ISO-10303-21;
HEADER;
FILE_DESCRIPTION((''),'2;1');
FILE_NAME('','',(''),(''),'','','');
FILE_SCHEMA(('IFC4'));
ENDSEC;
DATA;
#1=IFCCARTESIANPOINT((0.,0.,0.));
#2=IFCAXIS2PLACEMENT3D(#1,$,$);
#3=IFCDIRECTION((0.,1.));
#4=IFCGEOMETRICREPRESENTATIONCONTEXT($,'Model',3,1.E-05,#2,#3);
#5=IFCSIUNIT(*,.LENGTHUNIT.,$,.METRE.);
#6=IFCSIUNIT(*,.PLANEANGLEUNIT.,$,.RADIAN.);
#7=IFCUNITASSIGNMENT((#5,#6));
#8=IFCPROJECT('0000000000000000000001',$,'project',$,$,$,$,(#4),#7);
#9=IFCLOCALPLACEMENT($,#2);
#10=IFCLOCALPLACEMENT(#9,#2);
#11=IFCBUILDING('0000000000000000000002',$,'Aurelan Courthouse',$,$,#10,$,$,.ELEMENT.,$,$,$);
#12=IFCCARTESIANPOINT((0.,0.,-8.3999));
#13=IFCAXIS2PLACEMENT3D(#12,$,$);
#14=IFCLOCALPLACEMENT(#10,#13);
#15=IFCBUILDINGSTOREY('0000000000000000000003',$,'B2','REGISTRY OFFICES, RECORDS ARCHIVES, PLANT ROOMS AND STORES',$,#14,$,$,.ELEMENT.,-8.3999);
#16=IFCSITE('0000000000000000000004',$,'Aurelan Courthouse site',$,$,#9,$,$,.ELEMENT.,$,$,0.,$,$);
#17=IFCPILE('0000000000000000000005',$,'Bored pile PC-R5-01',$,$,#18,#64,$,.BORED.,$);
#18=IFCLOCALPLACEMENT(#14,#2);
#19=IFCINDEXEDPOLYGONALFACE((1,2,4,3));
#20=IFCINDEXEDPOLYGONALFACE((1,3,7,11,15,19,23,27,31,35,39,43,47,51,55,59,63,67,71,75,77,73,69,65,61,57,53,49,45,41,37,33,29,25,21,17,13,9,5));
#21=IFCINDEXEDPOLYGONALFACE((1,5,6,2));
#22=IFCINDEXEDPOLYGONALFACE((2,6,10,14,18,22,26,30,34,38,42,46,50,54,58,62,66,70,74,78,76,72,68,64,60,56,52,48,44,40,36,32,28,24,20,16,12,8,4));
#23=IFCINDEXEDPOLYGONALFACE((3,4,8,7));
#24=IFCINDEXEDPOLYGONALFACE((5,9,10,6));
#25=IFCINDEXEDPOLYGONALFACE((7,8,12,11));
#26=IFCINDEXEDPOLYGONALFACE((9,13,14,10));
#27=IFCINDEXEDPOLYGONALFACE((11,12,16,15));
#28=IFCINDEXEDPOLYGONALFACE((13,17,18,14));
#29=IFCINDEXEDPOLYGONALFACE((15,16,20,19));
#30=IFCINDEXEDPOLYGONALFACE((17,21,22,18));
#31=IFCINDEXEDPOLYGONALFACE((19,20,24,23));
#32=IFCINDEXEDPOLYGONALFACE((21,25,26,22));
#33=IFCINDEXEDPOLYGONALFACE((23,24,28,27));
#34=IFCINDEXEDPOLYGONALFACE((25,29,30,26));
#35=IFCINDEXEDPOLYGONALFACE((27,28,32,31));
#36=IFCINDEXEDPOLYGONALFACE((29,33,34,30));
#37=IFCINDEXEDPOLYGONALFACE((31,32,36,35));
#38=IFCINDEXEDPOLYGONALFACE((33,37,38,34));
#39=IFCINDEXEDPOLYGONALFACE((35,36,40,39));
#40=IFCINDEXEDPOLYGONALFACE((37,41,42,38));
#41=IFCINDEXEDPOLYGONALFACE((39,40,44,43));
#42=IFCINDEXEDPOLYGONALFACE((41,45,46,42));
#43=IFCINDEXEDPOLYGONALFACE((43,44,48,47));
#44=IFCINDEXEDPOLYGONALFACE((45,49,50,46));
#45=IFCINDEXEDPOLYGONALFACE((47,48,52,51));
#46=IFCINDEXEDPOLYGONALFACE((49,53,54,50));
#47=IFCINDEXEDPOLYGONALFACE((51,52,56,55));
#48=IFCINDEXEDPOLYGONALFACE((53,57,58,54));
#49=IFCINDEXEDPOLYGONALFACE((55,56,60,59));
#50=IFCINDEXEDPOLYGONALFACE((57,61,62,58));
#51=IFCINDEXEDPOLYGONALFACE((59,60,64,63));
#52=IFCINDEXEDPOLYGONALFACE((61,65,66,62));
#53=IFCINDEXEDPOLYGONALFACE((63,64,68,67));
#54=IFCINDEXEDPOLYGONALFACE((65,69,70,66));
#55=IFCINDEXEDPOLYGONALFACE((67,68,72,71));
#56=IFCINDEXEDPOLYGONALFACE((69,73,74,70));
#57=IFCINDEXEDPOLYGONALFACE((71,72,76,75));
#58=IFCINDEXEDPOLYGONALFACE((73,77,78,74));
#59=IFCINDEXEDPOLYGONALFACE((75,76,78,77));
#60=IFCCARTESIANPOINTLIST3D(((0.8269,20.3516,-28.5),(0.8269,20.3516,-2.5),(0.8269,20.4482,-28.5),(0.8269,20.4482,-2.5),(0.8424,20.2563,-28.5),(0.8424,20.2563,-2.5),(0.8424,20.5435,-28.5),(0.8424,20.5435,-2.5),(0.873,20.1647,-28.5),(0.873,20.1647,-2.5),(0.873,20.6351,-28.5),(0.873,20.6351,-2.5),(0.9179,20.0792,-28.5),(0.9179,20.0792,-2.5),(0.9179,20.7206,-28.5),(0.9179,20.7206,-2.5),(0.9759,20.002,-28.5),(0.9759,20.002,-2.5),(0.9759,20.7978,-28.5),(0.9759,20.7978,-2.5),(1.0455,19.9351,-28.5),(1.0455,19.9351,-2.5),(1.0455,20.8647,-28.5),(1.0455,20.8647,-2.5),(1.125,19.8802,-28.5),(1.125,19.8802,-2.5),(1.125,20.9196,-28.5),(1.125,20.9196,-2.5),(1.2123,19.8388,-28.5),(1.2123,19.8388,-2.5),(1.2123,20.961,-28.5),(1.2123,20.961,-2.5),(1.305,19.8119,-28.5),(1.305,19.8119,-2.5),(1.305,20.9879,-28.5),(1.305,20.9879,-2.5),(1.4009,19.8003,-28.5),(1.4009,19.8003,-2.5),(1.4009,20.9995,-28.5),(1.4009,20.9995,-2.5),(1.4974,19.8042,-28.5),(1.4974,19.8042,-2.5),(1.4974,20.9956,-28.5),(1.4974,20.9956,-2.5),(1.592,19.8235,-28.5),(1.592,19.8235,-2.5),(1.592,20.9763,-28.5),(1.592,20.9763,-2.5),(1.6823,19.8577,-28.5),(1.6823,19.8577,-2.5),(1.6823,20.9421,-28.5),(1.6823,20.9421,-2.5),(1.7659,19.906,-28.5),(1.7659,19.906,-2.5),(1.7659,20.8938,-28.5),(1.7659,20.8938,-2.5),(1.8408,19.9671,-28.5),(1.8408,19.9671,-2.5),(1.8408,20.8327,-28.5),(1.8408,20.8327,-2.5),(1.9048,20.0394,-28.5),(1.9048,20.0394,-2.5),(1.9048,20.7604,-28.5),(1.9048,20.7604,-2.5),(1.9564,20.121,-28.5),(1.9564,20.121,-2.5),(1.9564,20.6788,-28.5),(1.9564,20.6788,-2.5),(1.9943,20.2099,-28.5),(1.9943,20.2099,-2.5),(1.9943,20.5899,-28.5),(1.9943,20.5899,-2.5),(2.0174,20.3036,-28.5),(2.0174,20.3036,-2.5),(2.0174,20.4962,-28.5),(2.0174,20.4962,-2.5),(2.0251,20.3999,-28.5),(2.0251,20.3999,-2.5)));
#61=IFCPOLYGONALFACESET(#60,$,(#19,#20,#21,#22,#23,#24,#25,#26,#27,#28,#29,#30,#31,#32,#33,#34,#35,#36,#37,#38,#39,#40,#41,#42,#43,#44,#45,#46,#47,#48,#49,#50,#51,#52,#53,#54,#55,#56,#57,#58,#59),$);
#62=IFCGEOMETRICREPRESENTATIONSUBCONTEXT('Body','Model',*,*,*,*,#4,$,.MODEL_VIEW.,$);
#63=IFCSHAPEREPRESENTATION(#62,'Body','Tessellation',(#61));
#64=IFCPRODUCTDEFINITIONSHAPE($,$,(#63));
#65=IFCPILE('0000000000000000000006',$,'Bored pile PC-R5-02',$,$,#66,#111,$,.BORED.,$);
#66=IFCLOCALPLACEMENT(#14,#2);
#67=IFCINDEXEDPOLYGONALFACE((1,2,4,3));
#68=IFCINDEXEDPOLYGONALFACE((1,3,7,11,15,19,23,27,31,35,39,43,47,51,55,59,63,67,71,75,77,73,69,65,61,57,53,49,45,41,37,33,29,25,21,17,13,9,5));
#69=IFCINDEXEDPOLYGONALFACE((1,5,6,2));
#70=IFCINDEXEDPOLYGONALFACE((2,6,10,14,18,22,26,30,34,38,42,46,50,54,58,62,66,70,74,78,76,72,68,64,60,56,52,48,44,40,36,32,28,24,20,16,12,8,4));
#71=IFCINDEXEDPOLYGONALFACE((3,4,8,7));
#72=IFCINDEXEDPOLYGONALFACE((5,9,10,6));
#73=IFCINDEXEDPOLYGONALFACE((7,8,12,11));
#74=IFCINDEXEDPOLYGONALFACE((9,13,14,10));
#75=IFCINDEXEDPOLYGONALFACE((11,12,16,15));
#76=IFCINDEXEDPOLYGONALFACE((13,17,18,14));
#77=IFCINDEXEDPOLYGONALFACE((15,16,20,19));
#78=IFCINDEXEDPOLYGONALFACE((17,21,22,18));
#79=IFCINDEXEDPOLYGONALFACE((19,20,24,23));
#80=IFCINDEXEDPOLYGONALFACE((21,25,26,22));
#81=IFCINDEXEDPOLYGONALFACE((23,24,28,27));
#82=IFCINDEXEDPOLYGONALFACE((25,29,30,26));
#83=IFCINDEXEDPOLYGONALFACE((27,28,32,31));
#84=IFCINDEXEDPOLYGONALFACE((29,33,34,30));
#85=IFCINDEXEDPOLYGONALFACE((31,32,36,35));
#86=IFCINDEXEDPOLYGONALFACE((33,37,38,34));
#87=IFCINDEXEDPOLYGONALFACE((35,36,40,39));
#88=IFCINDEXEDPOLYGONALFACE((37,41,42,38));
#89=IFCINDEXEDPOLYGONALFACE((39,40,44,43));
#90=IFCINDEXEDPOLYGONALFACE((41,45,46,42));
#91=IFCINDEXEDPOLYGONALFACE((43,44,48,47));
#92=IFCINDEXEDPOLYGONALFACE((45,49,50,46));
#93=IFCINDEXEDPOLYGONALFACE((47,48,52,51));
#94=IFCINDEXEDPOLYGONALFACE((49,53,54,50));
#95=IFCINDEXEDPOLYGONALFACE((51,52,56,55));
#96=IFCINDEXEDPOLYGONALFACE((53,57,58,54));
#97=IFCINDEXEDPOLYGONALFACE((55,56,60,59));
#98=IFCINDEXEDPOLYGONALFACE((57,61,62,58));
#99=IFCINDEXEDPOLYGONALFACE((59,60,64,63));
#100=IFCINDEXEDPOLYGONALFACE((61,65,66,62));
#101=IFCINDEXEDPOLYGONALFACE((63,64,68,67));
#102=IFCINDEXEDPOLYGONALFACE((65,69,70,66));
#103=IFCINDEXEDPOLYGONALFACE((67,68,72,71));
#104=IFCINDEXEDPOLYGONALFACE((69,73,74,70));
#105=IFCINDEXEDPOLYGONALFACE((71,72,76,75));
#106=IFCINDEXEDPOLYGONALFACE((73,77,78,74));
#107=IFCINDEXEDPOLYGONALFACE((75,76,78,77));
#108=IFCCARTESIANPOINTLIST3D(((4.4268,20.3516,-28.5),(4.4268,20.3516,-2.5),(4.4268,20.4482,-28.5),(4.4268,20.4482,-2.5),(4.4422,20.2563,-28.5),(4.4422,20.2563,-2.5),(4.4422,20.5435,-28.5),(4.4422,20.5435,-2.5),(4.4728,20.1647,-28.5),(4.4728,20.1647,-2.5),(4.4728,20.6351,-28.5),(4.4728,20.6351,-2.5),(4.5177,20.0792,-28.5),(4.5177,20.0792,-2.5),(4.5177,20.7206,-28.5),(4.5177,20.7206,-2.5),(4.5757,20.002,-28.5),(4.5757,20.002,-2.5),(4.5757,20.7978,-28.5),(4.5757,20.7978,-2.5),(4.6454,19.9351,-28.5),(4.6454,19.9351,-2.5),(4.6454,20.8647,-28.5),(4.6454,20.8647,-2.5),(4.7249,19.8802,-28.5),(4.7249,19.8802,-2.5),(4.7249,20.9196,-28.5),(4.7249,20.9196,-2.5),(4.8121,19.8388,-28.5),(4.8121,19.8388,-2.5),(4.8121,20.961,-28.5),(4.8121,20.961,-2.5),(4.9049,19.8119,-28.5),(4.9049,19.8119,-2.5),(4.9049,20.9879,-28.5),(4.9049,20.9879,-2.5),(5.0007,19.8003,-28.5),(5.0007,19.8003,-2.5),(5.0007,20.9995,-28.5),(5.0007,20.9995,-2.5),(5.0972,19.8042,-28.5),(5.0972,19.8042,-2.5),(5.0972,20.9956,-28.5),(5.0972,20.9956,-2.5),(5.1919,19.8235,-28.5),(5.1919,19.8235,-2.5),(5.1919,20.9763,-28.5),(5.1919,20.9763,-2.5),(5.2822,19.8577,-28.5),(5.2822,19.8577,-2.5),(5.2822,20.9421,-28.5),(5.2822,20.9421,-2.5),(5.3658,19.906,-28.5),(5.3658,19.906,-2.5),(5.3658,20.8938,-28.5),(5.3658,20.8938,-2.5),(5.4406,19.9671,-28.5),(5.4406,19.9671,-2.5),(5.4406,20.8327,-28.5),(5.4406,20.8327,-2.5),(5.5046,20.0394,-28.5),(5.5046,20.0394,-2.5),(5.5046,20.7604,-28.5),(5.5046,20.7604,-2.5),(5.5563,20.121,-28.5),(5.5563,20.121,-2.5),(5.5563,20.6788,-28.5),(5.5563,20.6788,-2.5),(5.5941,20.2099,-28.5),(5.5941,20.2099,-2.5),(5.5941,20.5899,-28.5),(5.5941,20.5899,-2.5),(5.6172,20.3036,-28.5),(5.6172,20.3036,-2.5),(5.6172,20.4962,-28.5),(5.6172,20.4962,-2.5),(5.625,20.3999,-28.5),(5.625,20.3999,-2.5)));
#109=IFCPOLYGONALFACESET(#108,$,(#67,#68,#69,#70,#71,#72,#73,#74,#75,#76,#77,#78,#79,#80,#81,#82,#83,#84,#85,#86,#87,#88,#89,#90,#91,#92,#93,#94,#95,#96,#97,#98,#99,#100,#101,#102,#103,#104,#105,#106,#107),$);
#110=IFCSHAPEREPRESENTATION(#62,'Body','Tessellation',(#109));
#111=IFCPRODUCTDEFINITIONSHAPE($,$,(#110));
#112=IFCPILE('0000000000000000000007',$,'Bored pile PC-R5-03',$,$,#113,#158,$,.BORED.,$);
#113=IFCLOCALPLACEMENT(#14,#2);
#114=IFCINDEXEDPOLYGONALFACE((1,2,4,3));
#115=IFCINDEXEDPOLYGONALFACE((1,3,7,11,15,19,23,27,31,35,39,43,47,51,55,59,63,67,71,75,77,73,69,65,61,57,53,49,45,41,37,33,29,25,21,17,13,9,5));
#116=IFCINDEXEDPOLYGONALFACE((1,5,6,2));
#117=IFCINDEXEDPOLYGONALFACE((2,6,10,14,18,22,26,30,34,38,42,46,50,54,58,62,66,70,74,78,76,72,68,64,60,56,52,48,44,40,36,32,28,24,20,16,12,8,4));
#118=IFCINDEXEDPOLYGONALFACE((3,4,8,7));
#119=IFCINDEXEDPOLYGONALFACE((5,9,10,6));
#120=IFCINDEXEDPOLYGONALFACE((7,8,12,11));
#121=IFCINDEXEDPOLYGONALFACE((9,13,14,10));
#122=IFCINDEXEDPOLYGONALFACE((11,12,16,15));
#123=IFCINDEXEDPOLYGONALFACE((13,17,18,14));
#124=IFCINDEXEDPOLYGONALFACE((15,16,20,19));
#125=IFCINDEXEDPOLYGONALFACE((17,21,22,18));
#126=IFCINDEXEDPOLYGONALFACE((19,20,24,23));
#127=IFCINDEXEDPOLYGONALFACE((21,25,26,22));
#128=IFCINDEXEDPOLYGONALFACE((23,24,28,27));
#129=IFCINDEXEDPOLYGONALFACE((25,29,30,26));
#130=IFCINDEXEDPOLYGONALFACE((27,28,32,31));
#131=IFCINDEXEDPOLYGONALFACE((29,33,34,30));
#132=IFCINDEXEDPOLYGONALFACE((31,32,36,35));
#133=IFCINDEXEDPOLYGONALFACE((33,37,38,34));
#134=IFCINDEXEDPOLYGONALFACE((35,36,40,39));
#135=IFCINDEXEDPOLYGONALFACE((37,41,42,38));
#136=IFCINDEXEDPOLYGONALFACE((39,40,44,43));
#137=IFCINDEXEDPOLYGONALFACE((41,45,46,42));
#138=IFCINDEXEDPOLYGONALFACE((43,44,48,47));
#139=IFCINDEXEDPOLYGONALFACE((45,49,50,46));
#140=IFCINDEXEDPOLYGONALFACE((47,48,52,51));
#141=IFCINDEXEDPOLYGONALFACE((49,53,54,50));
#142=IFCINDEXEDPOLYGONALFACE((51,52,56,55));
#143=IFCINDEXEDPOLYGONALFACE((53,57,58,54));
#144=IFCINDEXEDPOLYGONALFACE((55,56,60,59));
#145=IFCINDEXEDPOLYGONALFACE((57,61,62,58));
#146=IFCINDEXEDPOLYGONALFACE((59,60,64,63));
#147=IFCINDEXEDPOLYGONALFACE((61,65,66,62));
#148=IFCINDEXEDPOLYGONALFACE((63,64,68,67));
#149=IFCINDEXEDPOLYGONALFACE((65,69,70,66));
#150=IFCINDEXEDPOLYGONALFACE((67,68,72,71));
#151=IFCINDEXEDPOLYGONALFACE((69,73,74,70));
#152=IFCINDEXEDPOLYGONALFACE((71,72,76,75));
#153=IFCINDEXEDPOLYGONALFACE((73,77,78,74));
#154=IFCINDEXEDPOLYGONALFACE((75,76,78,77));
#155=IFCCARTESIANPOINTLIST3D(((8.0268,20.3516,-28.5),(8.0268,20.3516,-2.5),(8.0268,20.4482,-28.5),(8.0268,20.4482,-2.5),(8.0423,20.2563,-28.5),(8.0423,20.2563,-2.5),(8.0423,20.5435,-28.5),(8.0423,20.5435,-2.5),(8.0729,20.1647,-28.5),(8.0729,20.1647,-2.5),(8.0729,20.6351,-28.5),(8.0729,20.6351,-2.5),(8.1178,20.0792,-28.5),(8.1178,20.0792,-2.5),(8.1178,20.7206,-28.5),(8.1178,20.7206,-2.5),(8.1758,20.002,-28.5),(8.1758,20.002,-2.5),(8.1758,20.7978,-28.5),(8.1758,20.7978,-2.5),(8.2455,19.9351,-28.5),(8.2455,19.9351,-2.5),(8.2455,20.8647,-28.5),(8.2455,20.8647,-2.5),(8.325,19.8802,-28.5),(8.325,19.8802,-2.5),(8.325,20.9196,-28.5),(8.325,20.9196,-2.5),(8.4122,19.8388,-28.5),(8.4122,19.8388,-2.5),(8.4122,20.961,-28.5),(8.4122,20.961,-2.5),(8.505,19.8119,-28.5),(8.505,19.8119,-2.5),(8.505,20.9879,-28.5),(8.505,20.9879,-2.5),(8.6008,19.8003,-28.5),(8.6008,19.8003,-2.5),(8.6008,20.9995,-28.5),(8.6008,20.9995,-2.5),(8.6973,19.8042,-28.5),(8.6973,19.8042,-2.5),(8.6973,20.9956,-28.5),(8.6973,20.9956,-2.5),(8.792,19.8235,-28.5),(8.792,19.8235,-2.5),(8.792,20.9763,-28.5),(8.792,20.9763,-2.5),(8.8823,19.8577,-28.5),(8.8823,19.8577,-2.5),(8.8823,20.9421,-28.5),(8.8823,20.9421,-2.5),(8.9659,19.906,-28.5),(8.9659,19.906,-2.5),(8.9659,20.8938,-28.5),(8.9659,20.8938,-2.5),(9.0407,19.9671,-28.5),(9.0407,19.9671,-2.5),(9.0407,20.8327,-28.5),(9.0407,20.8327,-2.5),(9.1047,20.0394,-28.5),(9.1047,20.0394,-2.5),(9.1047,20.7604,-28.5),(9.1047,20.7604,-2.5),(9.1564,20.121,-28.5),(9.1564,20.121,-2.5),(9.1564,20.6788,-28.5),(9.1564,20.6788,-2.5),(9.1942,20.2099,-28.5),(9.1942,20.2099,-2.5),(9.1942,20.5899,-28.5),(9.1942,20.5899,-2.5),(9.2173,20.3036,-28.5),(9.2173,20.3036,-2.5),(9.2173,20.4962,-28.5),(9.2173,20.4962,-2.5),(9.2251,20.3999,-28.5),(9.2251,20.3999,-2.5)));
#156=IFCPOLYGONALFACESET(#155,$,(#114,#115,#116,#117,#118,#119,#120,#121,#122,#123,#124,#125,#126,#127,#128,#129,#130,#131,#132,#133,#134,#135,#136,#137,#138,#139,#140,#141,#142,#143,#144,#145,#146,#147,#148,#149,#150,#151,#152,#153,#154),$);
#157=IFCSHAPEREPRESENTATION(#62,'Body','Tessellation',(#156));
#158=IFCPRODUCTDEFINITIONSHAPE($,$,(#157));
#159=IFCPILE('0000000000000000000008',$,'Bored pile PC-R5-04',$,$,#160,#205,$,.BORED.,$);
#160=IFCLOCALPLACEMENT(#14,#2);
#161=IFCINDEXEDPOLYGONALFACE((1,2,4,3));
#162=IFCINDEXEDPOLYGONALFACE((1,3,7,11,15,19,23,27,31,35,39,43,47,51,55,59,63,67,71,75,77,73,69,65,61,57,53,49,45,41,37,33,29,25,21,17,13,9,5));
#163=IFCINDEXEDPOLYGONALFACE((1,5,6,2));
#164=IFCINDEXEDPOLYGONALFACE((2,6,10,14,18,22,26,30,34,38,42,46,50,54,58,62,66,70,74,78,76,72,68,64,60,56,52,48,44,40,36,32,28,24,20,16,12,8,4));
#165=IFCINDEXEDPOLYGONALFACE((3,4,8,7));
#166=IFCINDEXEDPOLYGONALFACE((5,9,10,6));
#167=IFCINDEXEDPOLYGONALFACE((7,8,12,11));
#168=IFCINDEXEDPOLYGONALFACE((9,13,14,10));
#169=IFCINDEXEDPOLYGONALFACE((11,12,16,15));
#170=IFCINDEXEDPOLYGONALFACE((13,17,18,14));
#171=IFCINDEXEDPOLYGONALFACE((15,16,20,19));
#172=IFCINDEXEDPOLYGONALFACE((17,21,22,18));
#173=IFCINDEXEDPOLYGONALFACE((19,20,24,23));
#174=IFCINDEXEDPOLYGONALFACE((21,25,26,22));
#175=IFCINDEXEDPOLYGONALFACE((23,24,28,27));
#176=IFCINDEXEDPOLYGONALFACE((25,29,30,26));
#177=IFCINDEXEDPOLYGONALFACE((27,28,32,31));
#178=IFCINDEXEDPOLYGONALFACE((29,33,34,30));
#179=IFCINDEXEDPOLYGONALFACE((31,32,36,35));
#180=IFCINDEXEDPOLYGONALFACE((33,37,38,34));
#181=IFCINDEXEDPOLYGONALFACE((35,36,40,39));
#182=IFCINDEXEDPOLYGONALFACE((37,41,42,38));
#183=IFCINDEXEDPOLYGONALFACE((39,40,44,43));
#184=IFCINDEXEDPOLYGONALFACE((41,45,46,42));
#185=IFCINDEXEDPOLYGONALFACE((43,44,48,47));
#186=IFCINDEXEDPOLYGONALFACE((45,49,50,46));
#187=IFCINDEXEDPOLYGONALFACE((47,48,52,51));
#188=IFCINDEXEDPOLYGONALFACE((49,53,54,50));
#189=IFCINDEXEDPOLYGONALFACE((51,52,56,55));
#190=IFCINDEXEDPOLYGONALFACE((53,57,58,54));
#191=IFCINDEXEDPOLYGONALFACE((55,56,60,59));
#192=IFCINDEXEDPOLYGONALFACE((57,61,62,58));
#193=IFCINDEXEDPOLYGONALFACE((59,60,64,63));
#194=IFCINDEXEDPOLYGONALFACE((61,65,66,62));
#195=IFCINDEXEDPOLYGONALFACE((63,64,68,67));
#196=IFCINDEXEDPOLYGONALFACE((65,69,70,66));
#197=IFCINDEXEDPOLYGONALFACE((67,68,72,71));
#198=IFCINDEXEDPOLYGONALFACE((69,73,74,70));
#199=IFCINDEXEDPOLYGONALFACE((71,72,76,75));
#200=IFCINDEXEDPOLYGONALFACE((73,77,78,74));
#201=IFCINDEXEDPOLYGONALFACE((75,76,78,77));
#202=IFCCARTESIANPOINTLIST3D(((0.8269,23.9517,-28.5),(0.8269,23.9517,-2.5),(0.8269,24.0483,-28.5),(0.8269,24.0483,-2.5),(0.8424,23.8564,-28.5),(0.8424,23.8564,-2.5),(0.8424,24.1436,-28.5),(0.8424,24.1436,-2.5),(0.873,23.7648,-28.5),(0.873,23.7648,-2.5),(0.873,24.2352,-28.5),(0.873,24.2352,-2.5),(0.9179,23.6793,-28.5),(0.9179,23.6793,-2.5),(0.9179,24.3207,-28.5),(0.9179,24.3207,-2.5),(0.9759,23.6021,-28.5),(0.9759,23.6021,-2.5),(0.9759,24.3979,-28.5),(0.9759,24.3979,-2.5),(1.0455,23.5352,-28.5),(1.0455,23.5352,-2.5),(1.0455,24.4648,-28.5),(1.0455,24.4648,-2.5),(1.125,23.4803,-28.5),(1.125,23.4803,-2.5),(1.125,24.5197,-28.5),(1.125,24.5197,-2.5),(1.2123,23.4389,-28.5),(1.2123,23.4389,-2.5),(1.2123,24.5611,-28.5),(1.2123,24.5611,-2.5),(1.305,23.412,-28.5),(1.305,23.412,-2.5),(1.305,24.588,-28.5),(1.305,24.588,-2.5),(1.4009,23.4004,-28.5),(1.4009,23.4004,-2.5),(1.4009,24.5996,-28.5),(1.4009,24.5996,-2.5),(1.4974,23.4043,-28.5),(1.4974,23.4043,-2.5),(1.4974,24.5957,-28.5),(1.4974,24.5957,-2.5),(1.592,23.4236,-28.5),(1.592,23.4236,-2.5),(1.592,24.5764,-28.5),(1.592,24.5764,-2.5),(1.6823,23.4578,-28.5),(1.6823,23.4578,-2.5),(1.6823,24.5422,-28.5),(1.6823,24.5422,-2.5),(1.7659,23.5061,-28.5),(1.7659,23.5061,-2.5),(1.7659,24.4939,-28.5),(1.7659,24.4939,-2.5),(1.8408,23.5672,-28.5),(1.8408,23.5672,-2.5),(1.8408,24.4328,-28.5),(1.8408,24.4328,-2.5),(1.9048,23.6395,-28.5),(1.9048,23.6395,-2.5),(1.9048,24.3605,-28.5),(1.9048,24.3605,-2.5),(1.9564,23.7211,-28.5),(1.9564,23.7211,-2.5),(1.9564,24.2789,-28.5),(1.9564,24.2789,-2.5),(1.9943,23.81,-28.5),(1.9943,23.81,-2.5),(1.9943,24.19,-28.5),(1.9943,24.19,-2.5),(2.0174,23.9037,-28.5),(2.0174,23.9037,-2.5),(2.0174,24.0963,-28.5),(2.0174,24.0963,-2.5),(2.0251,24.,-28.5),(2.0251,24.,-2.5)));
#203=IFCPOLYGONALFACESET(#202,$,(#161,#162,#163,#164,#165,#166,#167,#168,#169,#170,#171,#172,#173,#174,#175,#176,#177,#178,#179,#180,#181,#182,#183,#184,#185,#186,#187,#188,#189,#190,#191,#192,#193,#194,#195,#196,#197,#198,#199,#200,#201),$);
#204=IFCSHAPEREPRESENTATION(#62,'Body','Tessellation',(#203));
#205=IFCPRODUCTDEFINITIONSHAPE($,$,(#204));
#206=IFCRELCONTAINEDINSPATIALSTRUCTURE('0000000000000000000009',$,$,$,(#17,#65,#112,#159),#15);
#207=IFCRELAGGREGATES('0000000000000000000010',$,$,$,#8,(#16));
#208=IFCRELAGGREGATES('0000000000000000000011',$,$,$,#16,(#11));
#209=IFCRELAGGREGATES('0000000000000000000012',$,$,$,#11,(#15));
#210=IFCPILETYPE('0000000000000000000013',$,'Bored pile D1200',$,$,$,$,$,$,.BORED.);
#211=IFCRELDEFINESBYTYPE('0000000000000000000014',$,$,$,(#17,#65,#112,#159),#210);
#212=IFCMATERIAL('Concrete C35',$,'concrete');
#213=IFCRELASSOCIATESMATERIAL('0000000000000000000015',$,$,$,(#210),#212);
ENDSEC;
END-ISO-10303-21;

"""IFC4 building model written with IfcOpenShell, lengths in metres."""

from ifc_helpers import new_model, si_unit, direction, frame, origin, origin_2d, place, context, subcontext, project, spatial, circle, extrude, material, material_profile, profile_set, type_object, element, save


model = new_model("IFC4")

# Units and contexts
model_context = context("Model", 3, precision=1e-05, world=origin(), true_north=direction((0.0, 1.0)))
body_context = subcontext(model_context, "Body", "Model", "MODEL_VIEW")
ifc_project = project(units=[si_unit("LENGTHUNIT", "METRE"), si_unit("PLANEANGLEUNIT", "RADIAN")], contexts=[model_context])

# Site, building, storey
site_placement = place(None, origin())
site = spatial("IfcSite", under=ifc_project, at=site_placement, Name="Aurelan Courthouse site", CompositionType="ELEMENT", RefElevation=0.0)
building_placement = place(site_placement, origin())
building = spatial("IfcBuilding", under=site, at=building_placement, Name="Aurelan Courthouse", CompositionType="ELEMENT")
storey_placement = place(building_placement, frame((0.0, 0.0, -8.3999)))
storey = spatial("IfcBuildingStorey", under=building, at=storey_placement, Name="B2", Description="REGISTRY OFFICES, RECORDS ARCHIVES, PLANT ROOMS AND STORES", CompositionType="ELEMENT", Elevation=-8.3999)

# Piles
ifc_material_1 = material(Name="Concrete C35", Category="concrete")
ifc_material_profile_1 = material_profile(ifc_material_1, circle(Radius=0.6001, at=origin_2d()), Name="D1200")
ifc_profile_set_1 = profile_set([ifc_material_profile_1], Name="Concrete C35")
pile_type = type_object("IfcPileType", Name="Bored pile D1200", PredefinedType="BORED", material=ifc_profile_set_1)
for number, where, z_axis, x_axis, name in (
    (1, (1.425, 20.3999, -2.5), (0.0, 0.0, -1.0), (1.0, 0.0, 0.0), "Bored pile PC-R5-01"),
    (2, (5.0249, 20.3999, -2.5), (0.0, 0.0, -1.0), (1.0, 0.0, 0.0), "Bored pile PC-R5-02"),
    (3, (8.625, 20.3999, -2.5), (0.0, 0.0, -1.0), (1.0, 0.0, 0.0), "Bored pile PC-R5-03"),
    (4, (1.425, 24.0, -2.5), (0.0, 0.0, -1.0), (1.0, 0.0, 0.0), "Bored pile PC-R5-04"),
):
    element("IfcPile", number, at=place(storey_placement, frame(where, z_axis=z_axis, x_axis=x_axis)), inside=storey, type_object=pile_type, Name=name, PredefinedType="BORED", context=body_context, shape_type="SweptSolid", body=[
        extrude(circle(Radius=0.6001, at=origin_2d()), origin(), (0.0, 0.0, 1.0), 26.0),
    ])

save(model, "model.ifc")
